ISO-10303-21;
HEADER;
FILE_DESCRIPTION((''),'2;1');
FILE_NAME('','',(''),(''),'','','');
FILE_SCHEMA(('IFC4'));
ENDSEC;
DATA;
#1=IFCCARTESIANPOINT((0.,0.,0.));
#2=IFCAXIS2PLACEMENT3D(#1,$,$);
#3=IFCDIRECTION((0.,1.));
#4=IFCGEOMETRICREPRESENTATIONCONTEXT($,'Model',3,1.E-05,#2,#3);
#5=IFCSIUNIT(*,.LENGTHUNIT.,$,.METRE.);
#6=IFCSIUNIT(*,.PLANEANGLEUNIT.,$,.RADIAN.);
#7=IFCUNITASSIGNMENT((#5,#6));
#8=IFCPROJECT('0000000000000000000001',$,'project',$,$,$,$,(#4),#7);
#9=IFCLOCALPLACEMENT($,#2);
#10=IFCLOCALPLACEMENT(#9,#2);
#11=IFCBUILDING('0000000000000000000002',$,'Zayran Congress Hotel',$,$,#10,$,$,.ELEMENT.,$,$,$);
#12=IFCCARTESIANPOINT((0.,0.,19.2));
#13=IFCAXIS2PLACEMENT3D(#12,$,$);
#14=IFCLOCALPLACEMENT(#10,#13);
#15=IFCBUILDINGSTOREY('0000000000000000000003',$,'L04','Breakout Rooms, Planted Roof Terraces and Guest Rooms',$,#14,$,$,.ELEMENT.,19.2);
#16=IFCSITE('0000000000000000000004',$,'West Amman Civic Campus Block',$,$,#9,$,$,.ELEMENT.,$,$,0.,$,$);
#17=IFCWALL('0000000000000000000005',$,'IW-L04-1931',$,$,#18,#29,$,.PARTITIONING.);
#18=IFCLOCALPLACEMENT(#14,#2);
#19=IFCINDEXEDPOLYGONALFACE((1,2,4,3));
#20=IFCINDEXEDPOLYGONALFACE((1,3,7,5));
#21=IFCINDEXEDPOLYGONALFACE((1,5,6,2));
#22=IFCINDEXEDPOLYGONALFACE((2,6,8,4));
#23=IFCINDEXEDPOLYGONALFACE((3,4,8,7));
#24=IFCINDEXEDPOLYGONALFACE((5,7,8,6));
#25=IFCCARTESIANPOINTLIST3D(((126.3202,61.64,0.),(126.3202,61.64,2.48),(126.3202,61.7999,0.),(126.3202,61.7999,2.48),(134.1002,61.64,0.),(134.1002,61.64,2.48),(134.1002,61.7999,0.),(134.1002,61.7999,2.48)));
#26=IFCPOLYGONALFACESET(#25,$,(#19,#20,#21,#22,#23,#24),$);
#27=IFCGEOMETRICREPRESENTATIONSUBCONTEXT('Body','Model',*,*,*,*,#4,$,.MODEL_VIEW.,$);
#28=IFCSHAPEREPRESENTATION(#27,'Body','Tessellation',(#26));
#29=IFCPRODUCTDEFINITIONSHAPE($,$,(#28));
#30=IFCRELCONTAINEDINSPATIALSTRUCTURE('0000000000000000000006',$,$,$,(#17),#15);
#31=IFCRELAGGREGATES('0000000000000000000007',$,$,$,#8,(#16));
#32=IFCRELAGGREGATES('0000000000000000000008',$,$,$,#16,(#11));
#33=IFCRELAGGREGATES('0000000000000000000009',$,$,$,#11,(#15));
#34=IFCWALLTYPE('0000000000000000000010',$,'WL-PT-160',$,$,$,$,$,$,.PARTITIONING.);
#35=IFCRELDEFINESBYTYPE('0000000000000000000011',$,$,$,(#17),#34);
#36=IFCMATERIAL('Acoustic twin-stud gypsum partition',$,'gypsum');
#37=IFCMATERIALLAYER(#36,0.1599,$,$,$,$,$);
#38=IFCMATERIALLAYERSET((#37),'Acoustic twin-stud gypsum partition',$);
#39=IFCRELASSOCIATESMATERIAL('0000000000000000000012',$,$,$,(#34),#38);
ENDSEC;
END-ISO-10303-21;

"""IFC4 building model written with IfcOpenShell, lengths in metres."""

from ifc_helpers import new_model, si_unit, direction, frame, frame_2d, origin, place, context, subcontext, project, spatial, rectangle, extrude, material, layer, layer_set, type_object, element, save


model = new_model("IFC4")

# Units and contexts
model_context = context("Model", 3, precision=1e-05, world=origin(), true_north=direction((0.0, 1.0)))
body_context = subcontext(model_context, "Body", "Model", "MODEL_VIEW")
ifc_project = project(units=[si_unit("LENGTHUNIT", "METRE"), si_unit("PLANEANGLEUNIT", "RADIAN")], contexts=[model_context])

# Site, building, storey
site_placement = place(None, origin())
site = spatial("IfcSite", under=ifc_project, at=site_placement, Name="West Amman Civic Campus Block", CompositionType="ELEMENT", RefElevation=0.0)
building_placement = place(site_placement, origin())
building = spatial("IfcBuilding", under=site, at=building_placement, Name="Zayran Congress Hotel", CompositionType="ELEMENT")
storey_placement = place(building_placement, frame((0.0, 0.0, 19.2)))
storey = spatial("IfcBuildingStorey", under=building, at=storey_placement, Name="L04", Description="Breakout Rooms, Planted Roof Terraces and Guest Rooms", CompositionType="ELEMENT", Elevation=19.2)

# Shared definitions
ifc_material_1 = material(Name="Acoustic twin-stud gypsum partition", Category="gypsum")
ifc_layer_1 = layer(ifc_material_1, 0.1599)
ifc_layer_set_1 = layer_set([ifc_layer_1], Name="Acoustic twin-stud gypsum partition")
wall_type_1 = type_object("IfcWallType", Name="WL-PT-160", PredefinedType="PARTITIONING", material=ifc_layer_set_1)

# Wall
wall_1_placement = place(storey_placement, frame((126.3201, 61.72, 0.0), z_axis=(0.0, 0.0, 1.0), x_axis=(1.0, 0.0, 0.0)))
element("IfcWall", 1, at=wall_1_placement, inside=storey, type_object=wall_type_1, Name="IW-L04-1931", PredefinedType="PARTITIONING", context=body_context, shape_type="SweptSolid", body=[
    extrude(rectangle(XDim=7.78, YDim=0.1599, at=frame_2d((3.8901, 0.0))), origin(), (0.0, 0.0, 1.0), 2.48),
])

save(model, "model.ifc")
